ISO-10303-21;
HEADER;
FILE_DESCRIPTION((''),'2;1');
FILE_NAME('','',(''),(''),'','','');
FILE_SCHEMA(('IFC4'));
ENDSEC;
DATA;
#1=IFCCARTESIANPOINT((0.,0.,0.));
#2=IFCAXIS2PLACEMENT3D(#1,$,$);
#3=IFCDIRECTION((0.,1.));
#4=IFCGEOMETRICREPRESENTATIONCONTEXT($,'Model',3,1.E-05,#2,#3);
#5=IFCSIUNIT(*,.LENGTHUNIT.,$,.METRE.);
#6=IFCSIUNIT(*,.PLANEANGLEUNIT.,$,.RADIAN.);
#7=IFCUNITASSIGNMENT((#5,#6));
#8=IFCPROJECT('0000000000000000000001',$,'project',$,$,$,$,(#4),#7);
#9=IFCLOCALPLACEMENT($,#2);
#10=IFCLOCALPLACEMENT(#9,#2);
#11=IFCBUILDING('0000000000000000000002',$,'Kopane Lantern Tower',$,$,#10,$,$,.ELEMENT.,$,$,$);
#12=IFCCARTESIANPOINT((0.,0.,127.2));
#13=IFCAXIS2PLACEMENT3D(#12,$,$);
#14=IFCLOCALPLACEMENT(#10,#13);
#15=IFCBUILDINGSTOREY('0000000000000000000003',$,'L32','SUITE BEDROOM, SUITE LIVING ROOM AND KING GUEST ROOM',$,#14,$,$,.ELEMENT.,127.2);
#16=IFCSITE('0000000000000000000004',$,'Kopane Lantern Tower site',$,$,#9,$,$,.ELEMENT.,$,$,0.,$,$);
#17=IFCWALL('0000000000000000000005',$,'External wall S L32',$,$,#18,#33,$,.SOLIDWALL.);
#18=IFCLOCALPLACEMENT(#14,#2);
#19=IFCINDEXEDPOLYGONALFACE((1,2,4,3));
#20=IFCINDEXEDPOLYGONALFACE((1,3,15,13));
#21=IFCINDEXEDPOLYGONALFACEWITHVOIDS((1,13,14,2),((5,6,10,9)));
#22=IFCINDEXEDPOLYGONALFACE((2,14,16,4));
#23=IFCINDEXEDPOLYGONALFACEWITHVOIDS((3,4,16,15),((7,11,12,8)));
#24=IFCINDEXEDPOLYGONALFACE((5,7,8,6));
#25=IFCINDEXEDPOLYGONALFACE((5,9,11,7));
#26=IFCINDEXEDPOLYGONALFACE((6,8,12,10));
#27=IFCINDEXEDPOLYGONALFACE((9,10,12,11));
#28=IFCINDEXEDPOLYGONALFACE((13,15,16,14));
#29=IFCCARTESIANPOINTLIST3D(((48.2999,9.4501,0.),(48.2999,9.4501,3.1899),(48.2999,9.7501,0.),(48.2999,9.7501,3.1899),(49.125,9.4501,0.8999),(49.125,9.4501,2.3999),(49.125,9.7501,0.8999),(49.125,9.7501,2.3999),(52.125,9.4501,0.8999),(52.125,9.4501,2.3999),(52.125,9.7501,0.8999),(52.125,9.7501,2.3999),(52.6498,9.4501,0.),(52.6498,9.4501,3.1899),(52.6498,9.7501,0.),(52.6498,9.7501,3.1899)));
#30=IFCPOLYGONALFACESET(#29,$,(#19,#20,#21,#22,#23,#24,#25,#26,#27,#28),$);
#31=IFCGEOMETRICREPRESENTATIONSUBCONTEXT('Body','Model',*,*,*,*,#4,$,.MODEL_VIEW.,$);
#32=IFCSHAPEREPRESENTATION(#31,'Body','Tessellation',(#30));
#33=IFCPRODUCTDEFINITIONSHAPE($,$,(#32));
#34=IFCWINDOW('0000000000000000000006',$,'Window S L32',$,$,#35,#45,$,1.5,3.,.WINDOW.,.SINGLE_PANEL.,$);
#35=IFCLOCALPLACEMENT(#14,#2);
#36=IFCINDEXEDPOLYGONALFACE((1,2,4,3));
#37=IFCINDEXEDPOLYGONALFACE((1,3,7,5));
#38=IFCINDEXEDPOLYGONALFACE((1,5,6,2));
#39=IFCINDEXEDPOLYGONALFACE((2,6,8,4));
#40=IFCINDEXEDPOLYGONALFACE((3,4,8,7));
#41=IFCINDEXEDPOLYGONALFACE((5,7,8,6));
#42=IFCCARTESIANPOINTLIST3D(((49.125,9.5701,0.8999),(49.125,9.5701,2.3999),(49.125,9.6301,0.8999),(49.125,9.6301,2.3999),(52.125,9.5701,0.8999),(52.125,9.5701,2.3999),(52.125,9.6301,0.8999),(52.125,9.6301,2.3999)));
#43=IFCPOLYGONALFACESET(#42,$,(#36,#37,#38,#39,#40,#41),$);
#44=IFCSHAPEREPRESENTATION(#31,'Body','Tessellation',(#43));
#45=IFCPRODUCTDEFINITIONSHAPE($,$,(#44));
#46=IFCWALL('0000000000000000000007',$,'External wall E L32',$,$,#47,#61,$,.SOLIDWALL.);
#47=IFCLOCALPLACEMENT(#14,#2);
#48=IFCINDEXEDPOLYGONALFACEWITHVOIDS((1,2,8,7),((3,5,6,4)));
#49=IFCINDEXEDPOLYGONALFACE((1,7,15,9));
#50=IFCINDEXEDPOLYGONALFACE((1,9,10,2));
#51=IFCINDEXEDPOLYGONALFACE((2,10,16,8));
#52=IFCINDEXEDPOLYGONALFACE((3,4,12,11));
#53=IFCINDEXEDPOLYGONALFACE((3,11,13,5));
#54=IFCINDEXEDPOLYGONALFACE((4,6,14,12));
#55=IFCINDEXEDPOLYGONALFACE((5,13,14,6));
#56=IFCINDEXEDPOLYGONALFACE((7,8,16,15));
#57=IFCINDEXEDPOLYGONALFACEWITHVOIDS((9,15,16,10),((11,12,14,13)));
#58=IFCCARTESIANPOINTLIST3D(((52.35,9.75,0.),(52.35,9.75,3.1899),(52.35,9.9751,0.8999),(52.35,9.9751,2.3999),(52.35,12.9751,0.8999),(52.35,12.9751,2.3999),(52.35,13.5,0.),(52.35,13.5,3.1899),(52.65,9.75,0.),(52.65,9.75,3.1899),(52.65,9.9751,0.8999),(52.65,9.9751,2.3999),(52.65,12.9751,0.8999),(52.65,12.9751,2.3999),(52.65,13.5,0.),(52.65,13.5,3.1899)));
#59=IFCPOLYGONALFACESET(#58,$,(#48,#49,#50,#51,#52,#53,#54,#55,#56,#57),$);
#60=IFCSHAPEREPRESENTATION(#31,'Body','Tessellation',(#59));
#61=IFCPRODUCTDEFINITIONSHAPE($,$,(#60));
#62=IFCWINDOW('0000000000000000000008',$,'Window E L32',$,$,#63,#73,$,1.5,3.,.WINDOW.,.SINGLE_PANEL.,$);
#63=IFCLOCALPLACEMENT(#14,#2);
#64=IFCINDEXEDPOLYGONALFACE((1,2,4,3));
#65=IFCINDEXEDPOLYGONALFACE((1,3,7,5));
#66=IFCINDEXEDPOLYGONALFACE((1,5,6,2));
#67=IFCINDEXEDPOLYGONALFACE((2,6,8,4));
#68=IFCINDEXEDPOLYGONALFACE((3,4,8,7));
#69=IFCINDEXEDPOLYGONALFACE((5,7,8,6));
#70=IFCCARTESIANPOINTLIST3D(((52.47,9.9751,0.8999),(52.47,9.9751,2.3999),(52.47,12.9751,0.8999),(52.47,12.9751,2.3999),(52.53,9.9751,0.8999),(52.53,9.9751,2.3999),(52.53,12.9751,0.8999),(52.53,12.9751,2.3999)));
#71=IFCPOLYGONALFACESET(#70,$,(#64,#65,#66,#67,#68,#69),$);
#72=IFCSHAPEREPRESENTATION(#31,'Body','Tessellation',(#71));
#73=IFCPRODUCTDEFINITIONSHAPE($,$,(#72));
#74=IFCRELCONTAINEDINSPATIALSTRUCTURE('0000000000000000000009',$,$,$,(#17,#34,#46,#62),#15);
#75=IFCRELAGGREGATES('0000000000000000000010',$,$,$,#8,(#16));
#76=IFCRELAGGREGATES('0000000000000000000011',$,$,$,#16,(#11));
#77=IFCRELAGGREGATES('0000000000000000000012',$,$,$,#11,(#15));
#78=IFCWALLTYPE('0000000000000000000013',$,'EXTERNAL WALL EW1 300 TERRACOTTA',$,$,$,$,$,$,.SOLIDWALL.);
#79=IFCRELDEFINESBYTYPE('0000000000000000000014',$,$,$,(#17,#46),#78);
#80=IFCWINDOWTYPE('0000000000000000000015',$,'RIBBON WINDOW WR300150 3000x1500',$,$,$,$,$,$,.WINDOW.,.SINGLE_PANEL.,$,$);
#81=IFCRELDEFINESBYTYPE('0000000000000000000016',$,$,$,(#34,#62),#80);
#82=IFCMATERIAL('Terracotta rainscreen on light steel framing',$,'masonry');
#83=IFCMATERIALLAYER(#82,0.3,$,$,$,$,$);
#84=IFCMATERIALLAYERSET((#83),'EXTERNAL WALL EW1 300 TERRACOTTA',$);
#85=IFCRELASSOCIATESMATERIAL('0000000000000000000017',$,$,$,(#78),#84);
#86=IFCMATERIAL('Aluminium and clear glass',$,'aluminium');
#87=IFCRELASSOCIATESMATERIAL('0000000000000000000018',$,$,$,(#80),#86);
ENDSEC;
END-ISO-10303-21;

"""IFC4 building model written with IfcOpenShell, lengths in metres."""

from ifc_helpers import new_model, si_unit, direction, frame, frame_2d, origin, place, context, subcontext, project, spatial, rectangle, extrude, material, layer, layer_set, type_object, element, fill, save


model = new_model("IFC4")

# Units and contexts
model_context = context("Model", 3, precision=1e-05, world=origin(), true_north=direction((0.0, 1.0)))
body_context = subcontext(model_context, "Body", "Model", "MODEL_VIEW")
ifc_project = project(units=[si_unit("LENGTHUNIT", "METRE"), si_unit("PLANEANGLEUNIT", "RADIAN")], contexts=[model_context])

# Site, building, storey
site_placement = place(None, origin())
site = spatial("IfcSite", under=ifc_project, at=site_placement, Name="Kopane Lantern Tower site", CompositionType="ELEMENT", RefElevation=0.0)
building_placement = place(site_placement, origin())
building = spatial("IfcBuilding", under=site, at=building_placement, Name="Kopane Lantern Tower", CompositionType="ELEMENT")
storey_placement = place(building_placement, frame((0.0, 0.0, 127.2)))
storey = spatial("IfcBuildingStorey", under=building, at=storey_placement, Name="L32", Description="SUITE BEDROOM, SUITE LIVING ROOM AND KING GUEST ROOM", CompositionType="ELEMENT", Elevation=127.2)

# Walls, openings, windows
ifc_material_1 = material(Name="Terracotta rainscreen on light steel framing", Category="masonry")
ifc_layer = layer(ifc_material_1, 0.3)
ifc_layer_set = layer_set([ifc_layer], Name="EXTERNAL WALL EW1 300 TERRACOTTA")
wall_type = type_object("IfcWallType", Name="EXTERNAL WALL EW1 300 TERRACOTTA", PredefinedType="SOLIDWALL", material=ifc_layer_set)
ifc_material_2 = material(Name="Aluminium and clear glass", Category="aluminium")
window_type = type_object("IfcWindowType", Name="RIBBON WINDOW WR300150 3000x1500", PartitioningType="SINGLE_PANEL", PredefinedType="WINDOW", material=ifc_material_2)
wall_1_placement = place(storey_placement, frame((48.3, 9.6001, 0.0), z_axis=(0.0, 0.0, 1.0), x_axis=(1.0, 0.0, 0.0)))
wall_1 = element("IfcWall", 1, at=wall_1_placement, inside=storey, type_object=wall_type, Name="External wall S L32", PredefinedType="SOLIDWALL", context=body_context, shape_type="SweptSolid", body=[
    extrude(rectangle(XDim=4.3499, YDim=0.3, at=frame_2d((2.1748, 0.0))), origin(), (0.0, 0.0, 1.0), 3.1899),
])
opening_1_placement = place(wall_1_placement, frame((0.825, 0.0, 0.8999)))
opening_1 = element("IfcOpeningElement", 2, at=opening_1_placement, cuts=wall_1, PredefinedType="OPENING", context=body_context, shape_type="SweptSolid", body=[
    extrude(rectangle(XDim=3.0, YDim=1.5, at=frame_2d((1.5, 0.75))), frame((0.0, 0.1599, 0.0), z_axis=(0.0, -1.0, 0.0), x_axis=(1.0, 0.0, 0.0)), (0.0, 0.0, 1.0), 0.3201),
])
window_1_placement = place(opening_1_placement, origin())
window_1 = element("IfcWindow", 3, at=window_1_placement, inside=storey, type_object=window_type, Name="Window S L32", OverallHeight=1.5, OverallWidth=3.0, PartitioningType="SINGLE_PANEL", PredefinedType="WINDOW", context=body_context, shape_type="SweptSolid", body=[
    extrude(rectangle(XDim=3.0, YDim=1.5, at=frame_2d((1.5, 0.75))), frame((0.0, 0.03, 0.0), z_axis=(0.0, -1.0, 0.0), x_axis=(1.0, 0.0, 0.0)), (0.0, 0.0, 1.0), 0.0601),
])
fill(opening_1, window_1)
wall_2_placement = place(storey_placement, frame((52.5, 9.75, 0.0), z_axis=(0.0, 0.0, 1.0), x_axis=(0.0, 1.0, 0.0)))
wall_2 = element("IfcWall", 4, at=wall_2_placement, inside=storey, type_object=wall_type, Name="External wall E L32", PredefinedType="SOLIDWALL", context=body_context, shape_type="SweptSolid", body=[
    extrude(rectangle(XDim=3.75, YDim=0.3, at=frame_2d((1.875, 0.0))), origin(), (0.0, 0.0, 1.0), 3.1899),
])
opening_2_placement = place(wall_2_placement, frame((0.2251, 0.0, 0.8999)))
opening_2 = element("IfcOpeningElement", 5, at=opening_2_placement, cuts=wall_2, PredefinedType="OPENING", context=body_context, shape_type="SweptSolid", body=[
    extrude(rectangle(XDim=3.0, YDim=1.5, at=frame_2d((1.5, 0.75))), frame((0.0, 0.1599, 0.0), z_axis=(0.0, -1.0, 0.0), x_axis=(1.0, 0.0, 0.0)), (0.0, 0.0, 1.0), 0.3201),
])
window_2_placement = place(opening_2_placement, origin())
window_2 = element("IfcWindow", 6, at=window_2_placement, inside=storey, type_object=window_type, Name="Window E L32", OverallHeight=1.5, OverallWidth=3.0, PartitioningType="SINGLE_PANEL", PredefinedType="WINDOW", context=body_context, shape_type="SweptSolid", body=[
    extrude(rectangle(XDim=3.0, YDim=1.5, at=frame_2d((1.5, 0.75))), frame((0.0, 0.03, 0.0), z_axis=(0.0, -1.0, 0.0), x_axis=(1.0, 0.0, 0.0)), (0.0, 0.0, 1.0), 0.0601),
])
fill(opening_2, window_2)

save(model, "model.ifc")
